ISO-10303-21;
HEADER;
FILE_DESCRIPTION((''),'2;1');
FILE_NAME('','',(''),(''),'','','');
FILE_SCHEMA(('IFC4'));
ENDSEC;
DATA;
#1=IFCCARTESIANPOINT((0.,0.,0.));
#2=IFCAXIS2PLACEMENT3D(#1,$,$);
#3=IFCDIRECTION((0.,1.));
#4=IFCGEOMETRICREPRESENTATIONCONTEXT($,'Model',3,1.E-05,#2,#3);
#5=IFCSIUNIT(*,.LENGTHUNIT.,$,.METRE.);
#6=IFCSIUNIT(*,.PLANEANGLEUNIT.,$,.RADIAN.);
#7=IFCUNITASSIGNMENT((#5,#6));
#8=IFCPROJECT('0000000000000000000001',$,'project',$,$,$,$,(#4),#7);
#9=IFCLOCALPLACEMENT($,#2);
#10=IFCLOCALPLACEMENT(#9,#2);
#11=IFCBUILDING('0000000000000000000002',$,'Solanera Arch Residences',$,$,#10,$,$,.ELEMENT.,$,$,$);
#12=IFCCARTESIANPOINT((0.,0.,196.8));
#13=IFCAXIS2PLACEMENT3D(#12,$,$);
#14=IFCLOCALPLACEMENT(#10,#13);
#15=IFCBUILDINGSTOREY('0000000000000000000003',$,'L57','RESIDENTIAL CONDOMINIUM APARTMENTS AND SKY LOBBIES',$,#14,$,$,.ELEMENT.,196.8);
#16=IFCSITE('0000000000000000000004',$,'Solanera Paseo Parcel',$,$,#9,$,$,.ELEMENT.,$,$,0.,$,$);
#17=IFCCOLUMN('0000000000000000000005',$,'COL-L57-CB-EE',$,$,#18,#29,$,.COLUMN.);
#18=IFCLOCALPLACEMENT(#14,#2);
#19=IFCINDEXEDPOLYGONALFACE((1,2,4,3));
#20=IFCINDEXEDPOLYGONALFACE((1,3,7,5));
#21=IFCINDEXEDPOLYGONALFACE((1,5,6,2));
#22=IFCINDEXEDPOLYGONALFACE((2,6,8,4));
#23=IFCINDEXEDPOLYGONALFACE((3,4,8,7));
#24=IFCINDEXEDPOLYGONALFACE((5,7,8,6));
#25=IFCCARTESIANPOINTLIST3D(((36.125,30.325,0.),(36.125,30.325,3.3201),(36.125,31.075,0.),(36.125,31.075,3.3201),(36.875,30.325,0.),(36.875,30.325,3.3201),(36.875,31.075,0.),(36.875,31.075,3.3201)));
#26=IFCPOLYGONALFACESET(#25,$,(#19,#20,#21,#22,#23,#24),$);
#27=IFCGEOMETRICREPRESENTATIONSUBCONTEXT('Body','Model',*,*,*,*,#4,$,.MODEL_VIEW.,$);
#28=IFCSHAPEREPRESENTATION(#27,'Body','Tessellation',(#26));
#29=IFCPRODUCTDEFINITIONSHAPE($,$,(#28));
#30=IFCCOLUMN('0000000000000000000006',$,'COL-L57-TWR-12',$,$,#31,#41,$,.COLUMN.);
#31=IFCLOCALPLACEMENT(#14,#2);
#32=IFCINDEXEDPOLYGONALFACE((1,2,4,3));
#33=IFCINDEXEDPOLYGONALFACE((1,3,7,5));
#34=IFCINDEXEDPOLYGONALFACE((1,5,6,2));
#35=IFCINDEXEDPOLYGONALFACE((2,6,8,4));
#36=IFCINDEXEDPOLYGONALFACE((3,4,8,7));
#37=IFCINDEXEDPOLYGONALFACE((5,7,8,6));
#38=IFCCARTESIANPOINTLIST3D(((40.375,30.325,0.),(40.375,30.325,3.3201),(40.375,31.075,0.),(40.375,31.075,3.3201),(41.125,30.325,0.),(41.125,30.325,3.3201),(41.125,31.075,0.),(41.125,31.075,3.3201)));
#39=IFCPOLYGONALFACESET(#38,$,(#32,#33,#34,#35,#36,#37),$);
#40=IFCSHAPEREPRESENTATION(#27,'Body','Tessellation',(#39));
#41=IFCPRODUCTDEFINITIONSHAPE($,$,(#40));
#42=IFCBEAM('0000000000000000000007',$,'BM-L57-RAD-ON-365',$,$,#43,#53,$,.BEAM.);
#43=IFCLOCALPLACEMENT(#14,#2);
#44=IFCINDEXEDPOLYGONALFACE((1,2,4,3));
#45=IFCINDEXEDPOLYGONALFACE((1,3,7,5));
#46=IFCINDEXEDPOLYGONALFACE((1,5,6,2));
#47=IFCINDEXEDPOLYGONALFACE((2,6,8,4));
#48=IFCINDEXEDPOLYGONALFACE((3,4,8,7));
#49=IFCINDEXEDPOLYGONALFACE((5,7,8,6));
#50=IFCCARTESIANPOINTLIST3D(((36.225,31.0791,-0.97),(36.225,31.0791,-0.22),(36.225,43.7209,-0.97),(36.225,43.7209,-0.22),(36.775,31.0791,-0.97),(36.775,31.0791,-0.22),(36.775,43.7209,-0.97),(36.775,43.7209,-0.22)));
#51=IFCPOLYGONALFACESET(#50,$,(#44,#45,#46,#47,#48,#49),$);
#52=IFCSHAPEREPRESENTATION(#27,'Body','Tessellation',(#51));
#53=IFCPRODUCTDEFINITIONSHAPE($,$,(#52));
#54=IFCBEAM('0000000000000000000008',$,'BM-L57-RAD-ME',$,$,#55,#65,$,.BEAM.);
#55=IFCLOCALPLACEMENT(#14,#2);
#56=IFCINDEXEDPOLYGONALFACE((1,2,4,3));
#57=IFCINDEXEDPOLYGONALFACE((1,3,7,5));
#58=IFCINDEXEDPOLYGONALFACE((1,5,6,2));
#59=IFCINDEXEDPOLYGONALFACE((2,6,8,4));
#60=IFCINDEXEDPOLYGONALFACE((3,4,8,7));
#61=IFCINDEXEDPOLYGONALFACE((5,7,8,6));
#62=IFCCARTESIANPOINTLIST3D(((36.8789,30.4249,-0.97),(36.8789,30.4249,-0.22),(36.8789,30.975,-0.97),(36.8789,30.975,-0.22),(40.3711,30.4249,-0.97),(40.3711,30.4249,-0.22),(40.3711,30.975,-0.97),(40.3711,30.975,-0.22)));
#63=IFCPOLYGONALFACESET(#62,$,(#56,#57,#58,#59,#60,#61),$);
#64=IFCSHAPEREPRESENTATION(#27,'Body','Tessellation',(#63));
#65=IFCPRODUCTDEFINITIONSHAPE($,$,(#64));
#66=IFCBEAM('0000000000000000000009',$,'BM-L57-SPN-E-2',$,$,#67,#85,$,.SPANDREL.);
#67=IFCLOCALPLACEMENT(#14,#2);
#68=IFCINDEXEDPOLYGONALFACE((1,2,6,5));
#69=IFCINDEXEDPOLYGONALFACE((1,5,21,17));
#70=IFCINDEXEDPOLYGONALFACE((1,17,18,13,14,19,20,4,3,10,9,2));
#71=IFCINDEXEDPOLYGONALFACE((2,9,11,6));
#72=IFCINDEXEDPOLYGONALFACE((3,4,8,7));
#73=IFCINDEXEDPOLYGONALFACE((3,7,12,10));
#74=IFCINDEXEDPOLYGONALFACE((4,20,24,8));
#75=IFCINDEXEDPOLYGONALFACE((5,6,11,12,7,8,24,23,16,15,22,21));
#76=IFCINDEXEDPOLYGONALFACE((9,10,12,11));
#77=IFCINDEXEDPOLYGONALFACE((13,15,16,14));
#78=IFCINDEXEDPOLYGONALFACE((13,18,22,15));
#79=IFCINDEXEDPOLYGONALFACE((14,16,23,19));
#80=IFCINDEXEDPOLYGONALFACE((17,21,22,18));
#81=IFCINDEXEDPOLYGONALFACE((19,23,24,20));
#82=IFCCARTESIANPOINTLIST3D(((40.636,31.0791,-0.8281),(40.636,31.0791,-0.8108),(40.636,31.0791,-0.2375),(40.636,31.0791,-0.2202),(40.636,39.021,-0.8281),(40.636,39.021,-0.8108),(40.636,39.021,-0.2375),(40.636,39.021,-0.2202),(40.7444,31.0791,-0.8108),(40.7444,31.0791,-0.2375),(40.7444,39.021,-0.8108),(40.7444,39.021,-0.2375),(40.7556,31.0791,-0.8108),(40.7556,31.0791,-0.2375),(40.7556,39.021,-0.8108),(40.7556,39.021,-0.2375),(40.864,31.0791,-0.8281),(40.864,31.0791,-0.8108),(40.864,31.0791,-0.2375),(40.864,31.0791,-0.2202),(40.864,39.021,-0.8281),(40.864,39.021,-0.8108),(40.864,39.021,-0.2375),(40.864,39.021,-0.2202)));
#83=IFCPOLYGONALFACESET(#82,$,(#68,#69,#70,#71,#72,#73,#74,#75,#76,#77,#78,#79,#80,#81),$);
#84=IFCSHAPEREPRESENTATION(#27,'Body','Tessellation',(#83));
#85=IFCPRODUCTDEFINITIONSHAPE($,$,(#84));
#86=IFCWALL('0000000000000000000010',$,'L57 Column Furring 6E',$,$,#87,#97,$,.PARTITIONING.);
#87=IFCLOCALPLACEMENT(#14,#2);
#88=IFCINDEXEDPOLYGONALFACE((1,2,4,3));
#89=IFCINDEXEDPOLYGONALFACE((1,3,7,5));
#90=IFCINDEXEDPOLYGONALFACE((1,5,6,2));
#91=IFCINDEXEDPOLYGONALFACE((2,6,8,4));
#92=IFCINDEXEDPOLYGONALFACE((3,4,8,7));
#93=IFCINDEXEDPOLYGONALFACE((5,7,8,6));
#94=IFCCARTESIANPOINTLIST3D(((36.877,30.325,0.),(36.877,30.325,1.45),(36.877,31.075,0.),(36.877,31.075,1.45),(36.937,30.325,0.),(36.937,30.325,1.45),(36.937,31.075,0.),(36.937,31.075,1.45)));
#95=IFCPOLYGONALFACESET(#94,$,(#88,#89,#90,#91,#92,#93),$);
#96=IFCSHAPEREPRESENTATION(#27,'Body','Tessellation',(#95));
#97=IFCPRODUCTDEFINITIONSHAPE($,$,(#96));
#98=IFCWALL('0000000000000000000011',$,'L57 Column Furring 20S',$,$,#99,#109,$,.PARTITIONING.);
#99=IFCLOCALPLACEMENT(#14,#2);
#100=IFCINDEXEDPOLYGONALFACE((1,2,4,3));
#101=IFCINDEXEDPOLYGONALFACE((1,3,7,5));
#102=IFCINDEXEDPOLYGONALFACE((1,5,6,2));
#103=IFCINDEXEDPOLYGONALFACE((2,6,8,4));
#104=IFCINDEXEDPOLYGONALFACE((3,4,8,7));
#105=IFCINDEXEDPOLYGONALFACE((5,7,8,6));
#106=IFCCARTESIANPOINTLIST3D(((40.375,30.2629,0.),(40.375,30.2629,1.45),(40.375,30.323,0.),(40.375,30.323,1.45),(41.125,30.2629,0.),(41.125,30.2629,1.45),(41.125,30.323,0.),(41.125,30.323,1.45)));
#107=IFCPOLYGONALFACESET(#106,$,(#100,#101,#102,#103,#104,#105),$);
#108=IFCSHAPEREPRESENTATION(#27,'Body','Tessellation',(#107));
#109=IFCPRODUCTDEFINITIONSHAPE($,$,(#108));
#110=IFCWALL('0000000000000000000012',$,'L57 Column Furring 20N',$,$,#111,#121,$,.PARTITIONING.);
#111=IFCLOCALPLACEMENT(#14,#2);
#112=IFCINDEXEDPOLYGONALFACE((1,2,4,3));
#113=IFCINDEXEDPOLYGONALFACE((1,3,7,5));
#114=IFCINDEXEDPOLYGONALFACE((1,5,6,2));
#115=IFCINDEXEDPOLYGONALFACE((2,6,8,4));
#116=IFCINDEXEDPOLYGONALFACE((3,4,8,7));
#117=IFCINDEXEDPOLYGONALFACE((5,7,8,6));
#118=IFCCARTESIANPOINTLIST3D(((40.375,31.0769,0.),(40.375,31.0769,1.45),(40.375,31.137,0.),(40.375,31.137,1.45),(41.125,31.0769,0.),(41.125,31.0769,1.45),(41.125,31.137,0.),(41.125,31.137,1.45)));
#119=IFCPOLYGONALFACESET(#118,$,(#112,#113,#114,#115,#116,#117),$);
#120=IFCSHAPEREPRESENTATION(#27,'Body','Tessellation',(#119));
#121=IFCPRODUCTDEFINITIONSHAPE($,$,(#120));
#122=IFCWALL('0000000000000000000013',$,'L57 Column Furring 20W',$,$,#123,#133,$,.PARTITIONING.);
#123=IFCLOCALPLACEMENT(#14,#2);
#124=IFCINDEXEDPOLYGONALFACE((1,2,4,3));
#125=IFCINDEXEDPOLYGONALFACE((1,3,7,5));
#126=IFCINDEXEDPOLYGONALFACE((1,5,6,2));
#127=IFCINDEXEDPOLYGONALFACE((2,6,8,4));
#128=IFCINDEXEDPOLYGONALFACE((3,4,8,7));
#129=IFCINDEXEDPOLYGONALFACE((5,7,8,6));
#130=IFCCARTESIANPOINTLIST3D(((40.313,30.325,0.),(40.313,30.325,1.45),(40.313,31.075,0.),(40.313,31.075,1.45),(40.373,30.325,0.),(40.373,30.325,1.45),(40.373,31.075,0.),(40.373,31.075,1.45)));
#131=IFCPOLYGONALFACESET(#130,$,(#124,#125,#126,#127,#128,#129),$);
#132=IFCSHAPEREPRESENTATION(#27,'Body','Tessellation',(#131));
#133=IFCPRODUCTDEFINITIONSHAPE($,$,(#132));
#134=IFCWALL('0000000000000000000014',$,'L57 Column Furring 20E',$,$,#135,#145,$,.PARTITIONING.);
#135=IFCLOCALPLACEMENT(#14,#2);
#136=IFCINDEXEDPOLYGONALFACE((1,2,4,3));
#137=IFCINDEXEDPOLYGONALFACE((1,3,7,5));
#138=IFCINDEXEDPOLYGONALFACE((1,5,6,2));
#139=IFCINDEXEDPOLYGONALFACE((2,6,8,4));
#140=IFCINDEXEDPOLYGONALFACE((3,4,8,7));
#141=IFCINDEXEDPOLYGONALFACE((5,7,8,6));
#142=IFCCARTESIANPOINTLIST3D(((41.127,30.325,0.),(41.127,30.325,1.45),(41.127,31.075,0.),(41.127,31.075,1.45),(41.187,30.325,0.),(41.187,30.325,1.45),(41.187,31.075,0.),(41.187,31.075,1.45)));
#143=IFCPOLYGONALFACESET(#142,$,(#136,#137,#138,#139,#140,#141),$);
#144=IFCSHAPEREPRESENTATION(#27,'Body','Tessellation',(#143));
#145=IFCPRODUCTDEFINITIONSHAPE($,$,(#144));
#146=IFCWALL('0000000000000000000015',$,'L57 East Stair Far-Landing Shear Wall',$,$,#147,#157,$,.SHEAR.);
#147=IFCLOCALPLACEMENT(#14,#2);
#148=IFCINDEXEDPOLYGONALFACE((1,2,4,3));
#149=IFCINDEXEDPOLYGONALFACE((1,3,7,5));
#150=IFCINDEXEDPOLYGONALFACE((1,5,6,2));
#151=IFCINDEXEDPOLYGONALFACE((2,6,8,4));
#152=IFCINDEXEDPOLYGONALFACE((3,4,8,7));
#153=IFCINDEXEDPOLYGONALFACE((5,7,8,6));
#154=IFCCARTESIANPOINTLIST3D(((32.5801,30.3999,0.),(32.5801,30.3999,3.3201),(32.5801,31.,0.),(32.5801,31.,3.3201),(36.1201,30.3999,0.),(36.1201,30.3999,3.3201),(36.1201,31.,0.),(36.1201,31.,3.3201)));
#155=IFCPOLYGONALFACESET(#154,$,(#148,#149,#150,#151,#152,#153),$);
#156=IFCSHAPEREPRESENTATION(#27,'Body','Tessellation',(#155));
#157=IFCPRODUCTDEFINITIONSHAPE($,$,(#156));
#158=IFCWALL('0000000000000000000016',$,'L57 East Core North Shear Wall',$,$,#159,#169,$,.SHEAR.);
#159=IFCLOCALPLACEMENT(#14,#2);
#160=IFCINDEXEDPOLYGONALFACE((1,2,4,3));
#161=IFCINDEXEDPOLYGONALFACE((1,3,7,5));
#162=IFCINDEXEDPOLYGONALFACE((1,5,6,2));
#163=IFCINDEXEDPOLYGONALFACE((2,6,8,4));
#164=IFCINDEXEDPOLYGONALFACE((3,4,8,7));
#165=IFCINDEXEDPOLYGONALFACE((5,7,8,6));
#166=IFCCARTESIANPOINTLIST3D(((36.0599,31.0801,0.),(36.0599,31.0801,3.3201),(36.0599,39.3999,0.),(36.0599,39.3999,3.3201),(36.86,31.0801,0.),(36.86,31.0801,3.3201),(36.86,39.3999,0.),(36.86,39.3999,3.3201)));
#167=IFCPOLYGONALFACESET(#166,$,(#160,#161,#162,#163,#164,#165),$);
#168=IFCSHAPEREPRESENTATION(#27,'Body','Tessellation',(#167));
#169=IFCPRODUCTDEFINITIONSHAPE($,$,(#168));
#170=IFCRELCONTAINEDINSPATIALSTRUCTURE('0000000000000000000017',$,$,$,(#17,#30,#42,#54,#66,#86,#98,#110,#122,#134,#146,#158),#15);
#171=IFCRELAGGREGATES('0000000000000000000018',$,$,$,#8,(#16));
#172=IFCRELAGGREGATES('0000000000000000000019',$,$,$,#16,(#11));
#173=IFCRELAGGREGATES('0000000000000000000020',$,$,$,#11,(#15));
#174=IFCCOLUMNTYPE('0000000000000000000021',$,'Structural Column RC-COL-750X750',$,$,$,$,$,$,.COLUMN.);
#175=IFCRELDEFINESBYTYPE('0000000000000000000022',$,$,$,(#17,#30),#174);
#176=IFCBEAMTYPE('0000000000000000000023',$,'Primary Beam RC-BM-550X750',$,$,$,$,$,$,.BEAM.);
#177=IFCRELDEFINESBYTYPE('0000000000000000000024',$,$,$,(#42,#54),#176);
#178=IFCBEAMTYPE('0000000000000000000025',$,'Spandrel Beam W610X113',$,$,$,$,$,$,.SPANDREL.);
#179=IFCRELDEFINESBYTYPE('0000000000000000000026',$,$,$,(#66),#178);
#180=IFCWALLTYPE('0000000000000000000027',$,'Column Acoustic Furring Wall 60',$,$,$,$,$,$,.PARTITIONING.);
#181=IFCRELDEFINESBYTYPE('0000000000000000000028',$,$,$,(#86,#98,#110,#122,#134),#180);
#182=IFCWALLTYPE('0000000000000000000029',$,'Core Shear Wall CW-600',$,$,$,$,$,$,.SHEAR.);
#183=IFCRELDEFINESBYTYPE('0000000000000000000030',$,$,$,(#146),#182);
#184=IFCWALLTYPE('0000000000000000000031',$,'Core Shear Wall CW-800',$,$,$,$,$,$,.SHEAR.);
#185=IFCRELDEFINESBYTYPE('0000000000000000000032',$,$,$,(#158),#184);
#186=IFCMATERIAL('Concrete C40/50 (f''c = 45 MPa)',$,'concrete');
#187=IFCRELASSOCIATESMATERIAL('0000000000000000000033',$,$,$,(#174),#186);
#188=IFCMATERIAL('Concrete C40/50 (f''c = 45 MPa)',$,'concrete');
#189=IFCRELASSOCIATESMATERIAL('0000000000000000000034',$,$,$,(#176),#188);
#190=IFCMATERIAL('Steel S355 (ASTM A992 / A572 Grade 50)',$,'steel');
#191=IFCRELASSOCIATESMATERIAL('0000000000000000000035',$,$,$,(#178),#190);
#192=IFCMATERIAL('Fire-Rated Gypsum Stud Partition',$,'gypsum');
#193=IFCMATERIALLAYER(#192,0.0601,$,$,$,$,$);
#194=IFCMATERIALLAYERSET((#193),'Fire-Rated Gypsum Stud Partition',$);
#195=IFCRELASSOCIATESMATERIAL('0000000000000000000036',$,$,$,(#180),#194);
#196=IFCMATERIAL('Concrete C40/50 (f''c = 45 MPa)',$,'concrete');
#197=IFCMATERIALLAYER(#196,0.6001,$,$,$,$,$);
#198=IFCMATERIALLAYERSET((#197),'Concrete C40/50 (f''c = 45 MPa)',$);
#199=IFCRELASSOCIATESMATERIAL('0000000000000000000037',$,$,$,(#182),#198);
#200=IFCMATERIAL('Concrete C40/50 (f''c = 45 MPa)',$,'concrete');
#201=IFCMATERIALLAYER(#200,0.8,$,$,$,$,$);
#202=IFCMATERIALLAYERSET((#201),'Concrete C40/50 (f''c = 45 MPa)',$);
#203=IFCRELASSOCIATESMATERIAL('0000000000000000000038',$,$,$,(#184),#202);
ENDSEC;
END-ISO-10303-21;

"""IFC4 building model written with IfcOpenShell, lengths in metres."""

from ifc_helpers import new_model, si_unit, direction, frame, frame_2d, origin, origin_2d, place, context, subcontext, project, spatial, rectangle, i_section, extrude, material, layer, layer_set, material_profile, profile_set, type_object, element, save


model = new_model("IFC4")

# Units and contexts
model_context = context("Model", 3, precision=1e-05, world=origin(), true_north=direction((0.0, 1.0)))
body_context = subcontext(model_context, "Body", "Model", "MODEL_VIEW")
ifc_project = project(units=[si_unit("LENGTHUNIT", "METRE"), si_unit("PLANEANGLEUNIT", "RADIAN")], contexts=[model_context])

# Site, building, storey
site_placement = place(None, origin())
site = spatial("IfcSite", under=ifc_project, at=site_placement, Name="Solanera Paseo Parcel", CompositionType="ELEMENT", RefElevation=0.0)
building_placement = place(site_placement, origin())
building = spatial("IfcBuilding", under=site, at=building_placement, Name="Solanera Arch Residences", CompositionType="ELEMENT")
storey_placement = place(building_placement, frame((0.0, 0.0, 196.8)))
storey = spatial("IfcBuildingStorey", under=building, at=storey_placement, Name="L57", Description="RESIDENTIAL CONDOMINIUM APARTMENTS AND SKY LOBBIES", CompositionType="ELEMENT", Elevation=196.8)

# Columns
ifc_material_1 = material(Name="Concrete C40/50 (f'c = 45 MPa)", Category="concrete")
ifc_material_profile_1 = material_profile(ifc_material_1, rectangle(XDim=0.75, YDim=0.75, at=origin_2d()))
ifc_profile_set_1 = profile_set([ifc_material_profile_1], Name="Concrete C40/50 (f'c = 45 MPa)")
column_type = type_object("IfcColumnType", Name="Structural Column RC-COL-750X750", PredefinedType="COLUMN", material=ifc_profile_set_1)
for number, where, z_axis, x_axis, name in (
    (1, (36.5, 30.7, 0.0), (0.0, 0.0, 1.0), (1.0, 0.0, 0.0), "COL-L57-CB-EE"),
    (2, (40.75, 30.7, 0.0), (0.0, 0.0, 1.0), (1.0, 0.0, 0.0), "COL-L57-TWR-12"),
):
    element("IfcColumn", number, at=place(storey_placement, frame(where, z_axis=z_axis, x_axis=x_axis)), inside=storey, type_object=column_type, Name=name, PredefinedType="COLUMN", context=body_context, shape_type="SweptSolid", body=[
        extrude(rectangle(XDim=0.75, YDim=0.75, at=origin_2d()), origin(), (0.0, 0.0, 1.0), 3.3201),
    ])

# Beams
ifc_material_2 = material(Name="Concrete C40/50 (f'c = 45 MPa)", Category="concrete")
ifc_material_profile_2 = material_profile(ifc_material_2, rectangle(XDim=0.55, YDim=0.75, at=origin_2d()))
ifc_profile_set_2 = profile_set([ifc_material_profile_2], Name="Concrete C40/50 (f'c = 45 MPa)")
beam_type_1 = type_object("IfcBeamType", Name="Primary Beam RC-BM-550X750", PredefinedType="BEAM", material=ifc_profile_set_2)
beam_1_placement = place(storey_placement, frame((36.5, 31.0791, -0.595), z_axis=(0.0, 1.0, 0.0), x_axis=(-1.0, 0.0, 0.0)))
element("IfcBeam", 3, at=beam_1_placement, inside=storey, type_object=beam_type_1, Name="BM-L57-RAD-ON-365", PredefinedType="BEAM", context=body_context, shape_type="SweptSolid", body=[
    extrude(rectangle(XDim=0.55, YDim=0.75, at=origin_2d()), origin(), (0.0, 0.0, 1.0), 12.6418),
])
beam_2_placement = place(storey_placement, frame((36.8789, 30.7, -0.595), z_axis=(1.0, 0.0, 0.0), x_axis=(0.0, 1.0, 0.0)))
element("IfcBeam", 4, at=beam_2_placement, inside=storey, type_object=beam_type_1, Name="BM-L57-RAD-ME", PredefinedType="BEAM", context=body_context, shape_type="SweptSolid", body=[
    extrude(rectangle(XDim=0.55, YDim=0.75, at=origin_2d()), origin(), (0.0, 0.0, 1.0), 3.4922),
])
ifc_material_3 = material(Name="Steel S355 (ASTM A992 / A572 Grade 50)", Category="steel")
ifc_material_profile_3 = material_profile(ifc_material_3, i_section(OverallWidth=0.228, OverallDepth=0.6079, WebThickness=0.0112, FlangeThickness=0.0173, at=origin_2d()))
ifc_profile_set_3 = profile_set([ifc_material_profile_3], Name="Steel S355 (ASTM A992 / A572 Grade 50)")
beam_type_2 = type_object("IfcBeamType", Name="Spandrel Beam W610X113", PredefinedType="SPANDREL", material=ifc_profile_set_3)
beam_3_placement = place(storey_placement, frame((40.75, 31.0791, -0.5242), z_axis=(0.0, 1.0, 0.0), x_axis=(-1.0, 0.0, 0.0)))
element("IfcBeam", 5, at=beam_3_placement, inside=storey, type_object=beam_type_2, Name="BM-L57-SPN-E-2", PredefinedType="SPANDREL", context=body_context, shape_type="SweptSolid", body=[
    extrude(i_section(OverallWidth=0.228, OverallDepth=0.6079, WebThickness=0.0112, FlangeThickness=0.0173, at=origin_2d()), origin(), (0.0, 0.0, 1.0), 7.9419),
])

# Walls
ifc_material_4 = material(Name="Fire-Rated Gypsum Stud Partition", Category="gypsum")
ifc_layer_1 = layer(ifc_material_4, 0.0601)
ifc_layer_set_1 = layer_set([ifc_layer_1], Name="Fire-Rated Gypsum Stud Partition")
wall_type_1 = type_object("IfcWallType", Name="Column Acoustic Furring Wall 60", PredefinedType="PARTITIONING", material=ifc_layer_set_1)
for number, where, z_axis, x_axis, name in (
    (6, (36.907, 30.325, 0.0), (0.0, 0.0, 1.0), (0.0, 1.0, 0.0), "L57 Column Furring 6E"),
    (7, (40.375, 30.293, 0.0), (0.0, 0.0, 1.0), (1.0, 0.0, 0.0), "L57 Column Furring 20S"),
    (8, (40.375, 31.1069, 0.0), (0.0, 0.0, 1.0), (1.0, 0.0, 0.0), "L57 Column Furring 20N"),
    (9, (40.343, 30.325, 0.0), (0.0, 0.0, 1.0), (0.0, 1.0, 0.0), "L57 Column Furring 20W"),
    (10, (41.157, 30.325, 0.0), (0.0, 0.0, 1.0), (0.0, 1.0, 0.0), "L57 Column Furring 20E"),
):
    element("IfcWall", number, at=place(storey_placement, frame(where, z_axis=z_axis, x_axis=x_axis)), inside=storey, type_object=wall_type_1, Name=name, PredefinedType="PARTITIONING", context=body_context, shape_type="SweptSolid", body=[
        extrude(rectangle(XDim=0.75, YDim=0.0601, at=frame_2d((0.375, 0.0))), origin(), (0.0, 0.0, 1.0), 1.45),
    ])

# Walls
ifc_material_5 = material(Name="Concrete C40/50 (f'c = 45 MPa)", Category="concrete")
ifc_layer_2 = layer(ifc_material_5, 0.6001)
ifc_layer_set_2 = layer_set([ifc_layer_2], Name="Concrete C40/50 (f'c = 45 MPa)")
wall_type_2 = type_object("IfcWallType", Name="Core Shear Wall CW-600", PredefinedType="SHEAR", material=ifc_layer_set_2)
wall_1_placement = place(storey_placement, frame((32.5801, 30.7, 0.0), z_axis=(0.0, 0.0, 1.0), x_axis=(1.0, 0.0, 0.0)))
element("IfcWall", 11, at=wall_1_placement, inside=storey, type_object=wall_type_2, Name="L57 East Stair Far-Landing Shear Wall", PredefinedType="SHEAR", context=body_context, shape_type="SweptSolid", body=[
    extrude(rectangle(XDim=3.54, YDim=0.6001, at=frame_2d((1.77, 0.0))), origin(), (0.0, 0.0, 1.0), 3.3201),
])
ifc_material_6 = material(Name="Concrete C40/50 (f'c = 45 MPa)", Category="concrete")
ifc_layer_3 = layer(ifc_material_6, 0.8)
ifc_layer_set_3 = layer_set([ifc_layer_3], Name="Concrete C40/50 (f'c = 45 MPa)")
wall_type_3 = type_object("IfcWallType", Name="Core Shear Wall CW-800", PredefinedType="SHEAR", material=ifc_layer_set_3)
wall_2_placement = place(storey_placement, frame((36.46, 31.0801, 0.0), z_axis=(0.0, 0.0, 1.0), x_axis=(0.0, 1.0, 0.0)))
element("IfcWall", 12, at=wall_2_placement, inside=storey, type_object=wall_type_3, Name="L57 East Core North Shear Wall", PredefinedType="SHEAR", context=body_context, shape_type="SweptSolid", body=[
    extrude(rectangle(XDim=8.3198, YDim=0.8, at=frame_2d((4.1599, 0.0))), origin(), (0.0, 0.0, 1.0), 3.3201),
])

save(model, "model.ifc")
